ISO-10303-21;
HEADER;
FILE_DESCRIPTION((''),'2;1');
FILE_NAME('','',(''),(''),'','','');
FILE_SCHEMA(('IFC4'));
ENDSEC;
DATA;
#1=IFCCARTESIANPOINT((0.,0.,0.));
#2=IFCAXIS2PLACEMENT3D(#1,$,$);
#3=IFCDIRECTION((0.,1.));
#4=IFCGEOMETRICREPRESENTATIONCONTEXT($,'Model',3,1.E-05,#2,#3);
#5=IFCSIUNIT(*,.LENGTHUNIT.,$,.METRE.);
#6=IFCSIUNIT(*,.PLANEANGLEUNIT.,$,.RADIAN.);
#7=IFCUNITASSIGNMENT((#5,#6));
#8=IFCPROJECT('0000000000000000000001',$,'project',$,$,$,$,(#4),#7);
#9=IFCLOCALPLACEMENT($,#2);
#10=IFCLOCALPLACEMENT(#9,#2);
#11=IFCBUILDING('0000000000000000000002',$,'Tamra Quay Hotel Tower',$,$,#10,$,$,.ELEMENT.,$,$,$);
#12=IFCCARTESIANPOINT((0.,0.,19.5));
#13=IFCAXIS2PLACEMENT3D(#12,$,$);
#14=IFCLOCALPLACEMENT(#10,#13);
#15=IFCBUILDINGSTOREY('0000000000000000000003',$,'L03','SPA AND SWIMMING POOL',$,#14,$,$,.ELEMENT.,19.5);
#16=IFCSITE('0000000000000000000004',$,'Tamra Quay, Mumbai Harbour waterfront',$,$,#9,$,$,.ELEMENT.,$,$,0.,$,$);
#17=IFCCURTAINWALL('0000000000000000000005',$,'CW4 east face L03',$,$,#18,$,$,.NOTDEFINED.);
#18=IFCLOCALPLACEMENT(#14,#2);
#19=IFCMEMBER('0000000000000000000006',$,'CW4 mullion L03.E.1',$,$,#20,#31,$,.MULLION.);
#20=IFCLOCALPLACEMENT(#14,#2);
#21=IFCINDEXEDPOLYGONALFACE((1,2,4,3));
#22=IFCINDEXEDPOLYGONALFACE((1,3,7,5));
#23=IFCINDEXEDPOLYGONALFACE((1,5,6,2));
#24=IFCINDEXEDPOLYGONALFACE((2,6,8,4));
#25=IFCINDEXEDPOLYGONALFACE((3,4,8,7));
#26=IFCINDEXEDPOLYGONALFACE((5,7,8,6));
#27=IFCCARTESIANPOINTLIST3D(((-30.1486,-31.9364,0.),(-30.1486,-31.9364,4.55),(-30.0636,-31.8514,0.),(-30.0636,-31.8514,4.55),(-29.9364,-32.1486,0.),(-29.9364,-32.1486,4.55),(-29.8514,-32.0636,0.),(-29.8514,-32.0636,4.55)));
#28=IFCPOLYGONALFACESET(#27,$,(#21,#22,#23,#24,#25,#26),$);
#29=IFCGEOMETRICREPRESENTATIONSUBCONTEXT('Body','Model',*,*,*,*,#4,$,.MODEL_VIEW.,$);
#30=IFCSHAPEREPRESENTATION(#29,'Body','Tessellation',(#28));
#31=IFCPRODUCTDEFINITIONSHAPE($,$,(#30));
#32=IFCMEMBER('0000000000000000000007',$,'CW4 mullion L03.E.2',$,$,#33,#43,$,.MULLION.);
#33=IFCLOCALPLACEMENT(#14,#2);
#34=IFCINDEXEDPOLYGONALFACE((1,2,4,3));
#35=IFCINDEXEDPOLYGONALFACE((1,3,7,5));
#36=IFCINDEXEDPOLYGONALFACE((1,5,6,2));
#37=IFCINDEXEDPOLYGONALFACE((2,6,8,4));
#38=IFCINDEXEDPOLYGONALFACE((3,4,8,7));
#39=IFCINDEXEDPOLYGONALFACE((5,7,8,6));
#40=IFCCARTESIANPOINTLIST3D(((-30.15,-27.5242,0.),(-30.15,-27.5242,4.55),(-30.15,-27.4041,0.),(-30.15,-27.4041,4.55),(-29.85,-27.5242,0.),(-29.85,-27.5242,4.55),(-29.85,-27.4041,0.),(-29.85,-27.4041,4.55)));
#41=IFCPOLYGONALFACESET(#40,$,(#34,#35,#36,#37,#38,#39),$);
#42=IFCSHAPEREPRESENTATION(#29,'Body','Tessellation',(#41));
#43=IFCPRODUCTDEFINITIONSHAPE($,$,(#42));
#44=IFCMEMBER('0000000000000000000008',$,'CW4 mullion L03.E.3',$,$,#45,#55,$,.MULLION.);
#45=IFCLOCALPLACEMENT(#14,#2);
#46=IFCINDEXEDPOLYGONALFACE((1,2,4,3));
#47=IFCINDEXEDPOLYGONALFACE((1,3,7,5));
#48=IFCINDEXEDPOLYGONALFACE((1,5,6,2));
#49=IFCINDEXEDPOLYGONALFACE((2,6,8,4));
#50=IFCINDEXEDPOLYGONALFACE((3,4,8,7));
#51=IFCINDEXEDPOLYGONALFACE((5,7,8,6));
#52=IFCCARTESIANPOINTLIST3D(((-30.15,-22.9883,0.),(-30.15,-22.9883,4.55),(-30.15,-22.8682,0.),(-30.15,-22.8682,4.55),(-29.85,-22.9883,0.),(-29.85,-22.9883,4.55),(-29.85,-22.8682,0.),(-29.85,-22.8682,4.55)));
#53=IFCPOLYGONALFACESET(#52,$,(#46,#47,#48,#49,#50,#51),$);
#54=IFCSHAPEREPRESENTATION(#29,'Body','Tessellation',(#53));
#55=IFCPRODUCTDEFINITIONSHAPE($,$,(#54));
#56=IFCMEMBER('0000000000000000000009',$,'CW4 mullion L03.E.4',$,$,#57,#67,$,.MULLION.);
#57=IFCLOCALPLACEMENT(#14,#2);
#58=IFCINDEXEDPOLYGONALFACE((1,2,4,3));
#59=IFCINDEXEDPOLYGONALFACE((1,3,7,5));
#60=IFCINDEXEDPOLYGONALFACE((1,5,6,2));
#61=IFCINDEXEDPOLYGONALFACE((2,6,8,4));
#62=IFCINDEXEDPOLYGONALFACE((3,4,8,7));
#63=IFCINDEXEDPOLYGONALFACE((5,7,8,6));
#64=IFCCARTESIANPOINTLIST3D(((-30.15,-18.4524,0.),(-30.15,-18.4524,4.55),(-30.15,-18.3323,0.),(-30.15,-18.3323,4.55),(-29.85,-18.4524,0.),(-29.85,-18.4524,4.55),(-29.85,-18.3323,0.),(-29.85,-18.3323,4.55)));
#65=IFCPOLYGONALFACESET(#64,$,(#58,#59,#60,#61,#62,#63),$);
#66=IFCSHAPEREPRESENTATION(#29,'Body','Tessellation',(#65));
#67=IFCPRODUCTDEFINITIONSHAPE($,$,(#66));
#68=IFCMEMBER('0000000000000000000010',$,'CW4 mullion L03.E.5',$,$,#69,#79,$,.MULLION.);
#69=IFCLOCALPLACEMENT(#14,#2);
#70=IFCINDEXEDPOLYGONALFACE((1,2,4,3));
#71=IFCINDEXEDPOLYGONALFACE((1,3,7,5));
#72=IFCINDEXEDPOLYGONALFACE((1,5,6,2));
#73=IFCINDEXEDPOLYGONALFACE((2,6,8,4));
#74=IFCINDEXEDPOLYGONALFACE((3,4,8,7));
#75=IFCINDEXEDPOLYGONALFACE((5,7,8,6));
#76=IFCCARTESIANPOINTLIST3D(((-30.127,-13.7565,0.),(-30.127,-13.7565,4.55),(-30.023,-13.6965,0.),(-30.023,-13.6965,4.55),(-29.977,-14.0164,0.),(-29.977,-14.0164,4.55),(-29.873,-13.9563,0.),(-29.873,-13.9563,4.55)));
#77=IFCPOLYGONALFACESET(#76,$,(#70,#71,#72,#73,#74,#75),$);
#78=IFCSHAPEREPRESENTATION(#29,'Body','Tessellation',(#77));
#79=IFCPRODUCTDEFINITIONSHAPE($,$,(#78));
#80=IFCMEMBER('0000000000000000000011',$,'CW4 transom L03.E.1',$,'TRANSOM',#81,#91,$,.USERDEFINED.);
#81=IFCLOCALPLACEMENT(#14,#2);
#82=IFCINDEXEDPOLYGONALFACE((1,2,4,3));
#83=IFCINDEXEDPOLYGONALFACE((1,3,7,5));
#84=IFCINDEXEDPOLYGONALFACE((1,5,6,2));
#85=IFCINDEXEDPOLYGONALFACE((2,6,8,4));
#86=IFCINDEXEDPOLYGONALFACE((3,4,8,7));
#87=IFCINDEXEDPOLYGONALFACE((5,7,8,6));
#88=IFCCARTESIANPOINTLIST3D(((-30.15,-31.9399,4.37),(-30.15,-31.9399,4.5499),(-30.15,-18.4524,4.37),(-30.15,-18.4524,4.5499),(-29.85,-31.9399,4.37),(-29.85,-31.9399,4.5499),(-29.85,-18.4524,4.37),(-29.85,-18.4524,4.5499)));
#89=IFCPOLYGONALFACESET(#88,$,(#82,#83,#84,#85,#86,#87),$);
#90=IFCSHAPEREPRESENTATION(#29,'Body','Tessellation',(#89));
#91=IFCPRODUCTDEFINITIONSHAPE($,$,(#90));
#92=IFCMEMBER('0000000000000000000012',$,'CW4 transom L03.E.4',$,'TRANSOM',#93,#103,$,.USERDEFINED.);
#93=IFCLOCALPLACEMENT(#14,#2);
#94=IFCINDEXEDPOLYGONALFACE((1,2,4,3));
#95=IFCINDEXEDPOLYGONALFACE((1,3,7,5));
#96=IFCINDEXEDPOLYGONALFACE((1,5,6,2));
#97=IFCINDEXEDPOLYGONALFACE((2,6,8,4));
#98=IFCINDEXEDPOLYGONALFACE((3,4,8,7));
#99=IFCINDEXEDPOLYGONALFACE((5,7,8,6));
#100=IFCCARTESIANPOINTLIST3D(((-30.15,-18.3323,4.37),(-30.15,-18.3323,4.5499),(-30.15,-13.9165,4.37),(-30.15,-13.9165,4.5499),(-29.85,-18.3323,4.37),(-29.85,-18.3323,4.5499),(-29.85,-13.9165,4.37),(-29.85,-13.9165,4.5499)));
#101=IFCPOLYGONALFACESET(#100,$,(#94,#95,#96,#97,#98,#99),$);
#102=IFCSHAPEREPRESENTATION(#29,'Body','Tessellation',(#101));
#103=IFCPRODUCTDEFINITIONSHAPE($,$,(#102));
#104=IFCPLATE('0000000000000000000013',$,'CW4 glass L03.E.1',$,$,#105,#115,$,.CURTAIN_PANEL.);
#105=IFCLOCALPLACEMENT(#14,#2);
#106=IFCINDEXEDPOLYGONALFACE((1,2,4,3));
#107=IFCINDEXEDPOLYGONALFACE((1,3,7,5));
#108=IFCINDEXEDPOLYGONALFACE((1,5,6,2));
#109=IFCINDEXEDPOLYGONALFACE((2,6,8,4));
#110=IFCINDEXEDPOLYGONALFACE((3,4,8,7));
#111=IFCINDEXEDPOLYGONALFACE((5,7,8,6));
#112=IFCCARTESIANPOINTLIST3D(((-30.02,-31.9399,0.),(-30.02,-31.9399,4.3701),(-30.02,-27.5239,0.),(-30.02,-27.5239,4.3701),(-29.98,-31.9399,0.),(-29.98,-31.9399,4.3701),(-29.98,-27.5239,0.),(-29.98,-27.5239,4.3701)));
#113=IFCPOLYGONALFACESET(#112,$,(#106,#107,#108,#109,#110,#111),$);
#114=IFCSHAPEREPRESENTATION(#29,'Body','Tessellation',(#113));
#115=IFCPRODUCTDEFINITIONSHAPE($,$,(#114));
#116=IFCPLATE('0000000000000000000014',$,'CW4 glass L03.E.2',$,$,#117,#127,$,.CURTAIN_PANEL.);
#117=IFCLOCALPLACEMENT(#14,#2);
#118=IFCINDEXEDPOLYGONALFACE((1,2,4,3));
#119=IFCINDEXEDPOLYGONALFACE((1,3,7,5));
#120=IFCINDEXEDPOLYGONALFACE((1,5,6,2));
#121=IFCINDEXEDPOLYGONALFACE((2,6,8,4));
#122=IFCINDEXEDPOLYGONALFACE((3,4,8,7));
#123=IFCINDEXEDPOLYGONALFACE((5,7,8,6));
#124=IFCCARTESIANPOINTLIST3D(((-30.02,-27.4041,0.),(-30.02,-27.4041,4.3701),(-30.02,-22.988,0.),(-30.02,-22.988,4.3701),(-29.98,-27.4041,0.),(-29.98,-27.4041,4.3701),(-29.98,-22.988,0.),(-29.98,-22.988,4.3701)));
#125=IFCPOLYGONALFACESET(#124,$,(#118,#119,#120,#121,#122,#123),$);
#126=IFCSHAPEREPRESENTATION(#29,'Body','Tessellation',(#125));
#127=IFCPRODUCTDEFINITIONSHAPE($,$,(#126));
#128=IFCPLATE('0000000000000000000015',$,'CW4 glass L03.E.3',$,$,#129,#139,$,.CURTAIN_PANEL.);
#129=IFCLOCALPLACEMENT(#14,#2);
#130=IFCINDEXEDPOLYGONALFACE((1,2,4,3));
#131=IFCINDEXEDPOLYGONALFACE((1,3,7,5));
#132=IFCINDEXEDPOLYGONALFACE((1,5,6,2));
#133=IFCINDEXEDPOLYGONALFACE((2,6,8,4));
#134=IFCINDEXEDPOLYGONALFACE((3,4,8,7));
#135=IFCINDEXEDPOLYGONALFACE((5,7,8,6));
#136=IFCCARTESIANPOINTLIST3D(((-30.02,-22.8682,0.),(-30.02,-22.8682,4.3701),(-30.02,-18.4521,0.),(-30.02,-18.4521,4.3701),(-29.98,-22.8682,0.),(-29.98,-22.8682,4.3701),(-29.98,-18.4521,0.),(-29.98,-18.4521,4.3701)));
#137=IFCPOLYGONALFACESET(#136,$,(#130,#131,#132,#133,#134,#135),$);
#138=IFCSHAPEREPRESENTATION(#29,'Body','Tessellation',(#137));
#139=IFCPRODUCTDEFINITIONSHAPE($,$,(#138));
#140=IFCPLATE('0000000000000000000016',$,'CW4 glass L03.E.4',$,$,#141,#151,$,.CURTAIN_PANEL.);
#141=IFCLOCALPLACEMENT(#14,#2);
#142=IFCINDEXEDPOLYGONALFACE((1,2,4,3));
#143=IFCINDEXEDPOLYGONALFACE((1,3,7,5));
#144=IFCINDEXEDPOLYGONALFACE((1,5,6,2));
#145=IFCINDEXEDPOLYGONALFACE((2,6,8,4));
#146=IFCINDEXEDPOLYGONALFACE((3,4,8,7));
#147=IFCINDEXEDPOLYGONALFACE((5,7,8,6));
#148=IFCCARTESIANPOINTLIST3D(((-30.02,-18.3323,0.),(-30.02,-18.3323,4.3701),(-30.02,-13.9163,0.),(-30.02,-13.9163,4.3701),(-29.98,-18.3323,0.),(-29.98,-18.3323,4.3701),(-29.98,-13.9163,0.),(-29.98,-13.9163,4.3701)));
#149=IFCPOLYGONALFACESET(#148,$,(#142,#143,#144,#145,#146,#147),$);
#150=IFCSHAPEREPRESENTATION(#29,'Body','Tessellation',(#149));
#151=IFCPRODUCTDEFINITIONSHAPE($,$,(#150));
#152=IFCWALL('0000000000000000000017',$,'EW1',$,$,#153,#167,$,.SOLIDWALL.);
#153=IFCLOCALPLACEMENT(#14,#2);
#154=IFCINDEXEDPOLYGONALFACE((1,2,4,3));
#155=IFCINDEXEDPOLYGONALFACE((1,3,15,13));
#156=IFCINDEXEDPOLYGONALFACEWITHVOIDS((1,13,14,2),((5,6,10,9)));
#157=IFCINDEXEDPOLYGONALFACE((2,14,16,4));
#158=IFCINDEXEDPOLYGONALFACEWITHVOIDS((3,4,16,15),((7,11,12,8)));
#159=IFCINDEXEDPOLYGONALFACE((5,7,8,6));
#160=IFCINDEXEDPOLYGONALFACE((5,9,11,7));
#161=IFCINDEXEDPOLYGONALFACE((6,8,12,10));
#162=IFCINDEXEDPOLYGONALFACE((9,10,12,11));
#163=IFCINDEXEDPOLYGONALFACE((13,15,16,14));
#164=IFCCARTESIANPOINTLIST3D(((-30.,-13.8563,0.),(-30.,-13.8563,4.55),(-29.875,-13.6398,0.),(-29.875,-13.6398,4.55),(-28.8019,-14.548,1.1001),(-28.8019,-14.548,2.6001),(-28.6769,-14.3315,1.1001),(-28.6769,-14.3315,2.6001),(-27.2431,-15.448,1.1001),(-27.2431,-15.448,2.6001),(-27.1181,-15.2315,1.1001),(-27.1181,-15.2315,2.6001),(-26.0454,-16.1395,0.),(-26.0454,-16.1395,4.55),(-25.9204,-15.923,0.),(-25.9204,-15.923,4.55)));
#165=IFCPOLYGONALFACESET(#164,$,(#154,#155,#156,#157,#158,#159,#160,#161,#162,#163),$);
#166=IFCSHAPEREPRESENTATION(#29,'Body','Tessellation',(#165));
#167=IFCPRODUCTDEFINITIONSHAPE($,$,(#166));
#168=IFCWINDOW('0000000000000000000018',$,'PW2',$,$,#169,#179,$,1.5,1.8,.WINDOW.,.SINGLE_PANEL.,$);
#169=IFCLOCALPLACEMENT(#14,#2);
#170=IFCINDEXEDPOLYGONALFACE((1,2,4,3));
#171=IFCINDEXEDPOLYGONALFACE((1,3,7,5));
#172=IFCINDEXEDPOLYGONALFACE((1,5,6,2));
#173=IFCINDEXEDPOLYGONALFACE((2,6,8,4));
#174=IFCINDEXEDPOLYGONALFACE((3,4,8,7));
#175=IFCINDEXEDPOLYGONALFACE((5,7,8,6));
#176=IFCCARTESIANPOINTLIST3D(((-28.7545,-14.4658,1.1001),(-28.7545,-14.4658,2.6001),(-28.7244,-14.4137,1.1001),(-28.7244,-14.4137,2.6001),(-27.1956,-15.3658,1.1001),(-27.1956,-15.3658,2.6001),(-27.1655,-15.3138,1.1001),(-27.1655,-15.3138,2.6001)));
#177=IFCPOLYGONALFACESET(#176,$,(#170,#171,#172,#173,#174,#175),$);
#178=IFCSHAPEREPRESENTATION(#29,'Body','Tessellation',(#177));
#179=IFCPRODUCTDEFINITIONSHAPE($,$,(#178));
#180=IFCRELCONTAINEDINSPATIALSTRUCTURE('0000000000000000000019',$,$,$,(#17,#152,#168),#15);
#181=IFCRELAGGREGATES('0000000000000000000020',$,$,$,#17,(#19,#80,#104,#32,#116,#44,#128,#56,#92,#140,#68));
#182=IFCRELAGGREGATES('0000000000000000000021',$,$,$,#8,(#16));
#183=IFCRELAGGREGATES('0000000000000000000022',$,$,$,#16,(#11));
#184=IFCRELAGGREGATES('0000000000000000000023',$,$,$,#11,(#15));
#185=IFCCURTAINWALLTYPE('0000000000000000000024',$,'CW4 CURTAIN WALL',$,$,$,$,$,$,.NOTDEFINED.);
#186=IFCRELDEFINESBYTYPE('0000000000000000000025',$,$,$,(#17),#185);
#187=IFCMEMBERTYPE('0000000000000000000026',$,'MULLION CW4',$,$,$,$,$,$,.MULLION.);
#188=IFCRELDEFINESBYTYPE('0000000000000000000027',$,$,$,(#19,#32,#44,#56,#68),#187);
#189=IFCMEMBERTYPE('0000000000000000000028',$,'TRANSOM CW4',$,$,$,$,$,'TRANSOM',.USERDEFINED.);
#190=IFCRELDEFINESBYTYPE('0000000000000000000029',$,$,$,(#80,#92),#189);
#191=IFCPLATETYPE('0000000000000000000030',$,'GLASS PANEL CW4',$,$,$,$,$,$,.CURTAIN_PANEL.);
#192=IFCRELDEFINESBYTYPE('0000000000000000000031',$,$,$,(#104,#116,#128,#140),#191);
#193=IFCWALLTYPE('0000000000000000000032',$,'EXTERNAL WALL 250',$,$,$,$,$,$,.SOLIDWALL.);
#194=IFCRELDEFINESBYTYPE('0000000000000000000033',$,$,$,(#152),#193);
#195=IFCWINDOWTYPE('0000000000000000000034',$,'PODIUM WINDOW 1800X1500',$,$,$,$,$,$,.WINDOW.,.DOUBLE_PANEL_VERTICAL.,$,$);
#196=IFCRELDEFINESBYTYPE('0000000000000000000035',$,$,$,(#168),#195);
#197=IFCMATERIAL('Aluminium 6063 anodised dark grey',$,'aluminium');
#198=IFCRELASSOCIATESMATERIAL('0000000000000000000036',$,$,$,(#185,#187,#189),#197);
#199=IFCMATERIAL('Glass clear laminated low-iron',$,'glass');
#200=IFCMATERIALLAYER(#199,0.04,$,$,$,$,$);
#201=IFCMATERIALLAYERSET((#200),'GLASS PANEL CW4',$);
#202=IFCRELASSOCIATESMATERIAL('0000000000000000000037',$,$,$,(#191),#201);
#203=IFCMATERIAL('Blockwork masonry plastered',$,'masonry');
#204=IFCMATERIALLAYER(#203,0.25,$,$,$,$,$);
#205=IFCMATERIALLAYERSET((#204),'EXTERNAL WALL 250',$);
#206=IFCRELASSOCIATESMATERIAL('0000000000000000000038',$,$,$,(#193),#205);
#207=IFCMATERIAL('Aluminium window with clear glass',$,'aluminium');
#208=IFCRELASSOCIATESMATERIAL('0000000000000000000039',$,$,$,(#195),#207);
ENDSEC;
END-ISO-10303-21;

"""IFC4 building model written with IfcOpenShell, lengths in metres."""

from ifc_helpers import new_model, si_unit, direction, frame, frame_2d, origin, origin_2d, place, context, subcontext, project, spatial, rectangle, extrude, material, layer, layer_set, material_profile, profile_set, type_object, element, fill, aggregate, save


model = new_model("IFC4")

# Units and contexts
model_context = context("Model", 3, precision=1e-05, world=origin(), true_north=direction((0.0, 1.0)))
body_context = subcontext(model_context, "Body", "Model", "MODEL_VIEW")
ifc_project = project(units=[si_unit("LENGTHUNIT", "METRE"), si_unit("PLANEANGLEUNIT", "RADIAN")], contexts=[model_context])

# Site, building, storey
site_placement = place(None, origin())
site = spatial("IfcSite", under=ifc_project, at=site_placement, Name="Tamra Quay, Mumbai Harbour waterfront", CompositionType="ELEMENT", RefElevation=0.0)
building_placement = place(site_placement, origin())
building = spatial("IfcBuilding", under=site, at=building_placement, Name="Tamra Quay Hotel Tower", CompositionType="ELEMENT")
storey_placement = place(building_placement, frame((0.0, 0.0, 19.5)))
storey = spatial("IfcBuildingStorey", under=building, at=storey_placement, Name="L03", Description="SPA AND SWIMMING POOL", CompositionType="ELEMENT", Elevation=19.5)

# Curtain wall, members, plates
ifc_material_1 = material(Name="Aluminium 6063 anodised dark grey", Category="aluminium")
curtain_wall_type = type_object("IfcCurtainWallType", Name="CW4 CURTAIN WALL", PredefinedType="NOTDEFINED", material=ifc_material_1)
curtain_wall_placement = place(storey_placement, origin())
curtain_wall = element("IfcCurtainWall", 1, at=curtain_wall_placement, inside=storey, type_object=curtain_wall_type, Name="CW4 east face L03", PredefinedType="NOTDEFINED")
ifc_material_profile_1 = material_profile(ifc_material_1, rectangle(XDim=0.3, YDim=0.1201, at=origin_2d()), Name="MULLION 120X300")
ifc_profile_set_1 = profile_set([ifc_material_profile_1], Name="Aluminium 6063 anodised dark grey")
member_type_1 = type_object("IfcMemberType", Name="MULLION CW4", PredefinedType="MULLION", material=ifc_profile_set_1)
member_1_placement = place(storey_placement, frame((-30.0, -32.0, 0.0), z_axis=(0.0, 0.0, 1.0), x_axis=(0.707107, -0.707107, 0.0)))
member_1 = element("IfcMember", 2, at=member_1_placement, type_object=member_type_1, Name="CW4 mullion L03.E.1", PredefinedType="MULLION", context=body_context, shape_type="SweptSolid", body=[
    extrude(rectangle(XDim=0.3, YDim=0.1201, at=origin_2d()), origin(), (0.0, 0.0, 1.0), 4.55),
])
member_2_placement = place(storey_placement, frame((-30.0, -27.4641, 0.0), z_axis=(0.0, 0.0, 1.0), x_axis=(1.0, 0.0, 0.0)))
member_2 = element("IfcMember", 3, at=member_2_placement, type_object=member_type_1, Name="CW4 mullion L03.E.2", PredefinedType="MULLION", context=body_context, shape_type="SweptSolid", body=[
    extrude(rectangle(XDim=0.3, YDim=0.1201, at=origin_2d()), origin(), (0.0, 0.0, 1.0), 4.55),
])
member_3_placement = place(storey_placement, frame((-30.0, -22.9282, 0.0), z_axis=(0.0, 0.0, 1.0), x_axis=(1.0, 0.0, 0.0)))
member_3 = element("IfcMember", 4, at=member_3_placement, type_object=member_type_1, Name="CW4 mullion L03.E.3", PredefinedType="MULLION", context=body_context, shape_type="SweptSolid", body=[
    extrude(rectangle(XDim=0.3, YDim=0.1201, at=origin_2d()), origin(), (0.0, 0.0, 1.0), 4.55),
])
member_4_placement = place(storey_placement, frame((-30.0, -18.3923, 0.0), z_axis=(0.0, 0.0, 1.0), x_axis=(1.0, 0.0, 0.0)))
member_4 = element("IfcMember", 5, at=member_4_placement, type_object=member_type_1, Name="CW4 mullion L03.E.4", PredefinedType="MULLION", context=body_context, shape_type="SweptSolid", body=[
    extrude(rectangle(XDim=0.3, YDim=0.1201, at=origin_2d()), origin(), (0.0, 0.0, 1.0), 4.55),
])
member_5_placement = place(storey_placement, frame((-30.0, -13.8564, 0.0), z_axis=(0.0, 0.0, 1.0), x_axis=(0.5, -0.866025, 0.0)))
member_5 = element("IfcMember", 6, at=member_5_placement, type_object=member_type_1, Name="CW4 mullion L03.E.5", PredefinedType="MULLION", context=body_context, shape_type="SweptSolid", body=[
    extrude(rectangle(XDim=0.3, YDim=0.1201, at=origin_2d()), origin(), (0.0, 0.0, 1.0), 4.55),
])
ifc_material_profile_2 = material_profile(ifc_material_1, rectangle(XDim=0.3, YDim=0.1799, at=origin_2d()), Name="TRANSOM 300X180")
ifc_profile_set_2 = profile_set([ifc_material_profile_2], Name="Aluminium 6063 anodised dark grey")
member_type_2 = type_object("IfcMemberType", Name="TRANSOM CW4", ElementType="TRANSOM", PredefinedType="USERDEFINED", material=ifc_profile_set_2)
member_6_placement = place(storey_placement, frame((-30.0, -31.9399, 4.46), z_axis=(0.0, 1.0, 0.0), x_axis=(-1.0, 0.0, 0.0)))
member_6 = element("IfcMember", 7, at=member_6_placement, type_object=member_type_2, Name="CW4 transom L03.E.1", ObjectType="TRANSOM", PredefinedType="USERDEFINED", context=body_context, shape_type="SweptSolid", body=[
    extrude(rectangle(XDim=0.3, YDim=0.1799, at=origin_2d()), origin(), (0.0, 0.0, 1.0), 13.4875),
])
member_7_placement = place(storey_placement, frame((-30.0, -18.3323, 4.46), z_axis=(0.0, 1.0, 0.0), x_axis=(-1.0, 0.0, 0.0)))
member_7 = element("IfcMember", 8, at=member_7_placement, type_object=member_type_2, Name="CW4 transom L03.E.4", ObjectType="TRANSOM", PredefinedType="USERDEFINED", context=body_context, shape_type="SweptSolid", body=[
    extrude(rectangle(XDim=0.3, YDim=0.1799, at=origin_2d()), origin(), (0.0, 0.0, 1.0), 4.4158),
])
ifc_material_2 = material(Name="Glass clear laminated low-iron", Category="glass")
ifc_layer_1 = layer(ifc_material_2, 0.04)
ifc_layer_set_1 = layer_set([ifc_layer_1], Name="GLASS PANEL CW4")
plate_type = type_object("IfcPlateType", Name="GLASS PANEL CW4", PredefinedType="CURTAIN_PANEL", material=ifc_layer_set_1)
plate_1_placement = place(storey_placement, frame((-30.0, -29.7319, 0.0), z_axis=(0.0, 0.0, 1.0), x_axis=(0.0, 1.0, 0.0)))
plate_1 = element("IfcPlate", 9, at=plate_1_placement, type_object=plate_type, Name="CW4 glass L03.E.1", PredefinedType="CURTAIN_PANEL", context=body_context, shape_type="SweptSolid", body=[
    extrude(rectangle(XDim=4.416, YDim=0.04, at=origin_2d()), origin(), (0.0, 0.0, 1.0), 4.3701),
])
plate_2_placement = place(storey_placement, frame((-30.0, -25.196, 0.0), z_axis=(0.0, 0.0, 1.0), x_axis=(0.0, 1.0, 0.0)))
plate_2 = element("IfcPlate", 10, at=plate_2_placement, type_object=plate_type, Name="CW4 glass L03.E.2", PredefinedType="CURTAIN_PANEL", context=body_context, shape_type="SweptSolid", body=[
    extrude(rectangle(XDim=4.416, YDim=0.04, at=origin_2d()), origin(), (0.0, 0.0, 1.0), 4.3701),
])
plate_3_placement = place(storey_placement, frame((-30.0, -20.6602, 0.0), z_axis=(0.0, 0.0, 1.0), x_axis=(0.0, 1.0, 0.0)))
plate_3 = element("IfcPlate", 11, at=plate_3_placement, type_object=plate_type, Name="CW4 glass L03.E.3", PredefinedType="CURTAIN_PANEL", context=body_context, shape_type="SweptSolid", body=[
    extrude(rectangle(XDim=4.416, YDim=0.04, at=origin_2d()), origin(), (0.0, 0.0, 1.0), 4.3701),
])
plate_4_placement = place(storey_placement, frame((-30.0, -16.1243, 0.0), z_axis=(0.0, 0.0, 1.0), x_axis=(0.0, 1.0, 0.0)))
plate_4 = element("IfcPlate", 12, at=plate_4_placement, type_object=plate_type, Name="CW4 glass L03.E.4", PredefinedType="CURTAIN_PANEL", context=body_context, shape_type="SweptSolid", body=[
    extrude(rectangle(XDim=4.416, YDim=0.04, at=origin_2d()), origin(), (0.0, 0.0, 1.0), 4.3701),
])
aggregate(curtain_wall, [member_1, member_6, plate_1, member_2, plate_2, member_3, plate_3, member_4, member_7, plate_4, member_5])

# Wall, opening, window
ifc_material_3 = material(Name="Blockwork masonry plastered", Category="masonry")
ifc_layer_2 = layer(ifc_material_3, 0.25)
ifc_layer_set_2 = layer_set([ifc_layer_2], Name="EXTERNAL WALL 250")
wall_type_1 = type_object("IfcWallType", Name="EXTERNAL WALL 250", PredefinedType="SOLIDWALL", material=ifc_layer_set_2)
wall_1_placement = place(storey_placement, frame((-25.9829, -16.0312, 0.0), z_axis=(0.0, 0.0, 1.0), x_axis=(-0.866024, 0.500003, 0.0)))
wall_1 = element("IfcWall", 13, at=wall_1_placement, inside=storey, type_object=wall_type_1, Name="EW1", PredefinedType="SOLIDWALL", context=body_context, shape_type="SweptSolid", body=[
    extrude(rectangle(XDim=4.5664, YDim=0.25, at=frame_2d((2.2832, 0.0))), origin(), (0.0, 0.0, 1.0), 4.55),
])
opening_1_placement = place(wall_1_placement, frame((1.3831, 0.0, 1.1001)))
opening_1 = element("IfcOpeningElement", 14, at=opening_1_placement, cuts=wall_1, PredefinedType="OPENING", context=body_context, shape_type="SweptSolid", body=[
    extrude(rectangle(XDim=1.8, YDim=1.5, at=frame_2d((0.8999, 0.75))), frame((0.0, 0.135, 0.0), z_axis=(0.0, -1.0, 0.0), x_axis=(1.0, 0.0, 0.0)), (0.0, 0.0, 1.0), 0.27),
])
ifc_material_4 = material(Name="Aluminium window with clear glass", Category="aluminium")
window_type = type_object("IfcWindowType", Name="PODIUM WINDOW 1800X1500", PartitioningType="DOUBLE_PANEL_VERTICAL", PredefinedType="WINDOW", material=ifc_material_4)
window_1_placement = place(opening_1_placement, origin())
window_1 = element("IfcWindow", 15, at=window_1_placement, inside=storey, type_object=window_type, Name="PW2", OverallHeight=1.5, OverallWidth=1.8, PartitioningType="SINGLE_PANEL", PredefinedType="WINDOW", context=body_context, shape_type="SweptSolid", body=[
    extrude(rectangle(XDim=1.8, YDim=1.5, at=frame_2d((0.8999, 0.75))), frame((0.0, 0.03, 0.0), z_axis=(0.0, -1.0, 0.0), x_axis=(1.0, 0.0, 0.0)), (0.0, 0.0, 1.0), 0.0601),
])
fill(opening_1, window_1)

save(model, "model.ifc")
